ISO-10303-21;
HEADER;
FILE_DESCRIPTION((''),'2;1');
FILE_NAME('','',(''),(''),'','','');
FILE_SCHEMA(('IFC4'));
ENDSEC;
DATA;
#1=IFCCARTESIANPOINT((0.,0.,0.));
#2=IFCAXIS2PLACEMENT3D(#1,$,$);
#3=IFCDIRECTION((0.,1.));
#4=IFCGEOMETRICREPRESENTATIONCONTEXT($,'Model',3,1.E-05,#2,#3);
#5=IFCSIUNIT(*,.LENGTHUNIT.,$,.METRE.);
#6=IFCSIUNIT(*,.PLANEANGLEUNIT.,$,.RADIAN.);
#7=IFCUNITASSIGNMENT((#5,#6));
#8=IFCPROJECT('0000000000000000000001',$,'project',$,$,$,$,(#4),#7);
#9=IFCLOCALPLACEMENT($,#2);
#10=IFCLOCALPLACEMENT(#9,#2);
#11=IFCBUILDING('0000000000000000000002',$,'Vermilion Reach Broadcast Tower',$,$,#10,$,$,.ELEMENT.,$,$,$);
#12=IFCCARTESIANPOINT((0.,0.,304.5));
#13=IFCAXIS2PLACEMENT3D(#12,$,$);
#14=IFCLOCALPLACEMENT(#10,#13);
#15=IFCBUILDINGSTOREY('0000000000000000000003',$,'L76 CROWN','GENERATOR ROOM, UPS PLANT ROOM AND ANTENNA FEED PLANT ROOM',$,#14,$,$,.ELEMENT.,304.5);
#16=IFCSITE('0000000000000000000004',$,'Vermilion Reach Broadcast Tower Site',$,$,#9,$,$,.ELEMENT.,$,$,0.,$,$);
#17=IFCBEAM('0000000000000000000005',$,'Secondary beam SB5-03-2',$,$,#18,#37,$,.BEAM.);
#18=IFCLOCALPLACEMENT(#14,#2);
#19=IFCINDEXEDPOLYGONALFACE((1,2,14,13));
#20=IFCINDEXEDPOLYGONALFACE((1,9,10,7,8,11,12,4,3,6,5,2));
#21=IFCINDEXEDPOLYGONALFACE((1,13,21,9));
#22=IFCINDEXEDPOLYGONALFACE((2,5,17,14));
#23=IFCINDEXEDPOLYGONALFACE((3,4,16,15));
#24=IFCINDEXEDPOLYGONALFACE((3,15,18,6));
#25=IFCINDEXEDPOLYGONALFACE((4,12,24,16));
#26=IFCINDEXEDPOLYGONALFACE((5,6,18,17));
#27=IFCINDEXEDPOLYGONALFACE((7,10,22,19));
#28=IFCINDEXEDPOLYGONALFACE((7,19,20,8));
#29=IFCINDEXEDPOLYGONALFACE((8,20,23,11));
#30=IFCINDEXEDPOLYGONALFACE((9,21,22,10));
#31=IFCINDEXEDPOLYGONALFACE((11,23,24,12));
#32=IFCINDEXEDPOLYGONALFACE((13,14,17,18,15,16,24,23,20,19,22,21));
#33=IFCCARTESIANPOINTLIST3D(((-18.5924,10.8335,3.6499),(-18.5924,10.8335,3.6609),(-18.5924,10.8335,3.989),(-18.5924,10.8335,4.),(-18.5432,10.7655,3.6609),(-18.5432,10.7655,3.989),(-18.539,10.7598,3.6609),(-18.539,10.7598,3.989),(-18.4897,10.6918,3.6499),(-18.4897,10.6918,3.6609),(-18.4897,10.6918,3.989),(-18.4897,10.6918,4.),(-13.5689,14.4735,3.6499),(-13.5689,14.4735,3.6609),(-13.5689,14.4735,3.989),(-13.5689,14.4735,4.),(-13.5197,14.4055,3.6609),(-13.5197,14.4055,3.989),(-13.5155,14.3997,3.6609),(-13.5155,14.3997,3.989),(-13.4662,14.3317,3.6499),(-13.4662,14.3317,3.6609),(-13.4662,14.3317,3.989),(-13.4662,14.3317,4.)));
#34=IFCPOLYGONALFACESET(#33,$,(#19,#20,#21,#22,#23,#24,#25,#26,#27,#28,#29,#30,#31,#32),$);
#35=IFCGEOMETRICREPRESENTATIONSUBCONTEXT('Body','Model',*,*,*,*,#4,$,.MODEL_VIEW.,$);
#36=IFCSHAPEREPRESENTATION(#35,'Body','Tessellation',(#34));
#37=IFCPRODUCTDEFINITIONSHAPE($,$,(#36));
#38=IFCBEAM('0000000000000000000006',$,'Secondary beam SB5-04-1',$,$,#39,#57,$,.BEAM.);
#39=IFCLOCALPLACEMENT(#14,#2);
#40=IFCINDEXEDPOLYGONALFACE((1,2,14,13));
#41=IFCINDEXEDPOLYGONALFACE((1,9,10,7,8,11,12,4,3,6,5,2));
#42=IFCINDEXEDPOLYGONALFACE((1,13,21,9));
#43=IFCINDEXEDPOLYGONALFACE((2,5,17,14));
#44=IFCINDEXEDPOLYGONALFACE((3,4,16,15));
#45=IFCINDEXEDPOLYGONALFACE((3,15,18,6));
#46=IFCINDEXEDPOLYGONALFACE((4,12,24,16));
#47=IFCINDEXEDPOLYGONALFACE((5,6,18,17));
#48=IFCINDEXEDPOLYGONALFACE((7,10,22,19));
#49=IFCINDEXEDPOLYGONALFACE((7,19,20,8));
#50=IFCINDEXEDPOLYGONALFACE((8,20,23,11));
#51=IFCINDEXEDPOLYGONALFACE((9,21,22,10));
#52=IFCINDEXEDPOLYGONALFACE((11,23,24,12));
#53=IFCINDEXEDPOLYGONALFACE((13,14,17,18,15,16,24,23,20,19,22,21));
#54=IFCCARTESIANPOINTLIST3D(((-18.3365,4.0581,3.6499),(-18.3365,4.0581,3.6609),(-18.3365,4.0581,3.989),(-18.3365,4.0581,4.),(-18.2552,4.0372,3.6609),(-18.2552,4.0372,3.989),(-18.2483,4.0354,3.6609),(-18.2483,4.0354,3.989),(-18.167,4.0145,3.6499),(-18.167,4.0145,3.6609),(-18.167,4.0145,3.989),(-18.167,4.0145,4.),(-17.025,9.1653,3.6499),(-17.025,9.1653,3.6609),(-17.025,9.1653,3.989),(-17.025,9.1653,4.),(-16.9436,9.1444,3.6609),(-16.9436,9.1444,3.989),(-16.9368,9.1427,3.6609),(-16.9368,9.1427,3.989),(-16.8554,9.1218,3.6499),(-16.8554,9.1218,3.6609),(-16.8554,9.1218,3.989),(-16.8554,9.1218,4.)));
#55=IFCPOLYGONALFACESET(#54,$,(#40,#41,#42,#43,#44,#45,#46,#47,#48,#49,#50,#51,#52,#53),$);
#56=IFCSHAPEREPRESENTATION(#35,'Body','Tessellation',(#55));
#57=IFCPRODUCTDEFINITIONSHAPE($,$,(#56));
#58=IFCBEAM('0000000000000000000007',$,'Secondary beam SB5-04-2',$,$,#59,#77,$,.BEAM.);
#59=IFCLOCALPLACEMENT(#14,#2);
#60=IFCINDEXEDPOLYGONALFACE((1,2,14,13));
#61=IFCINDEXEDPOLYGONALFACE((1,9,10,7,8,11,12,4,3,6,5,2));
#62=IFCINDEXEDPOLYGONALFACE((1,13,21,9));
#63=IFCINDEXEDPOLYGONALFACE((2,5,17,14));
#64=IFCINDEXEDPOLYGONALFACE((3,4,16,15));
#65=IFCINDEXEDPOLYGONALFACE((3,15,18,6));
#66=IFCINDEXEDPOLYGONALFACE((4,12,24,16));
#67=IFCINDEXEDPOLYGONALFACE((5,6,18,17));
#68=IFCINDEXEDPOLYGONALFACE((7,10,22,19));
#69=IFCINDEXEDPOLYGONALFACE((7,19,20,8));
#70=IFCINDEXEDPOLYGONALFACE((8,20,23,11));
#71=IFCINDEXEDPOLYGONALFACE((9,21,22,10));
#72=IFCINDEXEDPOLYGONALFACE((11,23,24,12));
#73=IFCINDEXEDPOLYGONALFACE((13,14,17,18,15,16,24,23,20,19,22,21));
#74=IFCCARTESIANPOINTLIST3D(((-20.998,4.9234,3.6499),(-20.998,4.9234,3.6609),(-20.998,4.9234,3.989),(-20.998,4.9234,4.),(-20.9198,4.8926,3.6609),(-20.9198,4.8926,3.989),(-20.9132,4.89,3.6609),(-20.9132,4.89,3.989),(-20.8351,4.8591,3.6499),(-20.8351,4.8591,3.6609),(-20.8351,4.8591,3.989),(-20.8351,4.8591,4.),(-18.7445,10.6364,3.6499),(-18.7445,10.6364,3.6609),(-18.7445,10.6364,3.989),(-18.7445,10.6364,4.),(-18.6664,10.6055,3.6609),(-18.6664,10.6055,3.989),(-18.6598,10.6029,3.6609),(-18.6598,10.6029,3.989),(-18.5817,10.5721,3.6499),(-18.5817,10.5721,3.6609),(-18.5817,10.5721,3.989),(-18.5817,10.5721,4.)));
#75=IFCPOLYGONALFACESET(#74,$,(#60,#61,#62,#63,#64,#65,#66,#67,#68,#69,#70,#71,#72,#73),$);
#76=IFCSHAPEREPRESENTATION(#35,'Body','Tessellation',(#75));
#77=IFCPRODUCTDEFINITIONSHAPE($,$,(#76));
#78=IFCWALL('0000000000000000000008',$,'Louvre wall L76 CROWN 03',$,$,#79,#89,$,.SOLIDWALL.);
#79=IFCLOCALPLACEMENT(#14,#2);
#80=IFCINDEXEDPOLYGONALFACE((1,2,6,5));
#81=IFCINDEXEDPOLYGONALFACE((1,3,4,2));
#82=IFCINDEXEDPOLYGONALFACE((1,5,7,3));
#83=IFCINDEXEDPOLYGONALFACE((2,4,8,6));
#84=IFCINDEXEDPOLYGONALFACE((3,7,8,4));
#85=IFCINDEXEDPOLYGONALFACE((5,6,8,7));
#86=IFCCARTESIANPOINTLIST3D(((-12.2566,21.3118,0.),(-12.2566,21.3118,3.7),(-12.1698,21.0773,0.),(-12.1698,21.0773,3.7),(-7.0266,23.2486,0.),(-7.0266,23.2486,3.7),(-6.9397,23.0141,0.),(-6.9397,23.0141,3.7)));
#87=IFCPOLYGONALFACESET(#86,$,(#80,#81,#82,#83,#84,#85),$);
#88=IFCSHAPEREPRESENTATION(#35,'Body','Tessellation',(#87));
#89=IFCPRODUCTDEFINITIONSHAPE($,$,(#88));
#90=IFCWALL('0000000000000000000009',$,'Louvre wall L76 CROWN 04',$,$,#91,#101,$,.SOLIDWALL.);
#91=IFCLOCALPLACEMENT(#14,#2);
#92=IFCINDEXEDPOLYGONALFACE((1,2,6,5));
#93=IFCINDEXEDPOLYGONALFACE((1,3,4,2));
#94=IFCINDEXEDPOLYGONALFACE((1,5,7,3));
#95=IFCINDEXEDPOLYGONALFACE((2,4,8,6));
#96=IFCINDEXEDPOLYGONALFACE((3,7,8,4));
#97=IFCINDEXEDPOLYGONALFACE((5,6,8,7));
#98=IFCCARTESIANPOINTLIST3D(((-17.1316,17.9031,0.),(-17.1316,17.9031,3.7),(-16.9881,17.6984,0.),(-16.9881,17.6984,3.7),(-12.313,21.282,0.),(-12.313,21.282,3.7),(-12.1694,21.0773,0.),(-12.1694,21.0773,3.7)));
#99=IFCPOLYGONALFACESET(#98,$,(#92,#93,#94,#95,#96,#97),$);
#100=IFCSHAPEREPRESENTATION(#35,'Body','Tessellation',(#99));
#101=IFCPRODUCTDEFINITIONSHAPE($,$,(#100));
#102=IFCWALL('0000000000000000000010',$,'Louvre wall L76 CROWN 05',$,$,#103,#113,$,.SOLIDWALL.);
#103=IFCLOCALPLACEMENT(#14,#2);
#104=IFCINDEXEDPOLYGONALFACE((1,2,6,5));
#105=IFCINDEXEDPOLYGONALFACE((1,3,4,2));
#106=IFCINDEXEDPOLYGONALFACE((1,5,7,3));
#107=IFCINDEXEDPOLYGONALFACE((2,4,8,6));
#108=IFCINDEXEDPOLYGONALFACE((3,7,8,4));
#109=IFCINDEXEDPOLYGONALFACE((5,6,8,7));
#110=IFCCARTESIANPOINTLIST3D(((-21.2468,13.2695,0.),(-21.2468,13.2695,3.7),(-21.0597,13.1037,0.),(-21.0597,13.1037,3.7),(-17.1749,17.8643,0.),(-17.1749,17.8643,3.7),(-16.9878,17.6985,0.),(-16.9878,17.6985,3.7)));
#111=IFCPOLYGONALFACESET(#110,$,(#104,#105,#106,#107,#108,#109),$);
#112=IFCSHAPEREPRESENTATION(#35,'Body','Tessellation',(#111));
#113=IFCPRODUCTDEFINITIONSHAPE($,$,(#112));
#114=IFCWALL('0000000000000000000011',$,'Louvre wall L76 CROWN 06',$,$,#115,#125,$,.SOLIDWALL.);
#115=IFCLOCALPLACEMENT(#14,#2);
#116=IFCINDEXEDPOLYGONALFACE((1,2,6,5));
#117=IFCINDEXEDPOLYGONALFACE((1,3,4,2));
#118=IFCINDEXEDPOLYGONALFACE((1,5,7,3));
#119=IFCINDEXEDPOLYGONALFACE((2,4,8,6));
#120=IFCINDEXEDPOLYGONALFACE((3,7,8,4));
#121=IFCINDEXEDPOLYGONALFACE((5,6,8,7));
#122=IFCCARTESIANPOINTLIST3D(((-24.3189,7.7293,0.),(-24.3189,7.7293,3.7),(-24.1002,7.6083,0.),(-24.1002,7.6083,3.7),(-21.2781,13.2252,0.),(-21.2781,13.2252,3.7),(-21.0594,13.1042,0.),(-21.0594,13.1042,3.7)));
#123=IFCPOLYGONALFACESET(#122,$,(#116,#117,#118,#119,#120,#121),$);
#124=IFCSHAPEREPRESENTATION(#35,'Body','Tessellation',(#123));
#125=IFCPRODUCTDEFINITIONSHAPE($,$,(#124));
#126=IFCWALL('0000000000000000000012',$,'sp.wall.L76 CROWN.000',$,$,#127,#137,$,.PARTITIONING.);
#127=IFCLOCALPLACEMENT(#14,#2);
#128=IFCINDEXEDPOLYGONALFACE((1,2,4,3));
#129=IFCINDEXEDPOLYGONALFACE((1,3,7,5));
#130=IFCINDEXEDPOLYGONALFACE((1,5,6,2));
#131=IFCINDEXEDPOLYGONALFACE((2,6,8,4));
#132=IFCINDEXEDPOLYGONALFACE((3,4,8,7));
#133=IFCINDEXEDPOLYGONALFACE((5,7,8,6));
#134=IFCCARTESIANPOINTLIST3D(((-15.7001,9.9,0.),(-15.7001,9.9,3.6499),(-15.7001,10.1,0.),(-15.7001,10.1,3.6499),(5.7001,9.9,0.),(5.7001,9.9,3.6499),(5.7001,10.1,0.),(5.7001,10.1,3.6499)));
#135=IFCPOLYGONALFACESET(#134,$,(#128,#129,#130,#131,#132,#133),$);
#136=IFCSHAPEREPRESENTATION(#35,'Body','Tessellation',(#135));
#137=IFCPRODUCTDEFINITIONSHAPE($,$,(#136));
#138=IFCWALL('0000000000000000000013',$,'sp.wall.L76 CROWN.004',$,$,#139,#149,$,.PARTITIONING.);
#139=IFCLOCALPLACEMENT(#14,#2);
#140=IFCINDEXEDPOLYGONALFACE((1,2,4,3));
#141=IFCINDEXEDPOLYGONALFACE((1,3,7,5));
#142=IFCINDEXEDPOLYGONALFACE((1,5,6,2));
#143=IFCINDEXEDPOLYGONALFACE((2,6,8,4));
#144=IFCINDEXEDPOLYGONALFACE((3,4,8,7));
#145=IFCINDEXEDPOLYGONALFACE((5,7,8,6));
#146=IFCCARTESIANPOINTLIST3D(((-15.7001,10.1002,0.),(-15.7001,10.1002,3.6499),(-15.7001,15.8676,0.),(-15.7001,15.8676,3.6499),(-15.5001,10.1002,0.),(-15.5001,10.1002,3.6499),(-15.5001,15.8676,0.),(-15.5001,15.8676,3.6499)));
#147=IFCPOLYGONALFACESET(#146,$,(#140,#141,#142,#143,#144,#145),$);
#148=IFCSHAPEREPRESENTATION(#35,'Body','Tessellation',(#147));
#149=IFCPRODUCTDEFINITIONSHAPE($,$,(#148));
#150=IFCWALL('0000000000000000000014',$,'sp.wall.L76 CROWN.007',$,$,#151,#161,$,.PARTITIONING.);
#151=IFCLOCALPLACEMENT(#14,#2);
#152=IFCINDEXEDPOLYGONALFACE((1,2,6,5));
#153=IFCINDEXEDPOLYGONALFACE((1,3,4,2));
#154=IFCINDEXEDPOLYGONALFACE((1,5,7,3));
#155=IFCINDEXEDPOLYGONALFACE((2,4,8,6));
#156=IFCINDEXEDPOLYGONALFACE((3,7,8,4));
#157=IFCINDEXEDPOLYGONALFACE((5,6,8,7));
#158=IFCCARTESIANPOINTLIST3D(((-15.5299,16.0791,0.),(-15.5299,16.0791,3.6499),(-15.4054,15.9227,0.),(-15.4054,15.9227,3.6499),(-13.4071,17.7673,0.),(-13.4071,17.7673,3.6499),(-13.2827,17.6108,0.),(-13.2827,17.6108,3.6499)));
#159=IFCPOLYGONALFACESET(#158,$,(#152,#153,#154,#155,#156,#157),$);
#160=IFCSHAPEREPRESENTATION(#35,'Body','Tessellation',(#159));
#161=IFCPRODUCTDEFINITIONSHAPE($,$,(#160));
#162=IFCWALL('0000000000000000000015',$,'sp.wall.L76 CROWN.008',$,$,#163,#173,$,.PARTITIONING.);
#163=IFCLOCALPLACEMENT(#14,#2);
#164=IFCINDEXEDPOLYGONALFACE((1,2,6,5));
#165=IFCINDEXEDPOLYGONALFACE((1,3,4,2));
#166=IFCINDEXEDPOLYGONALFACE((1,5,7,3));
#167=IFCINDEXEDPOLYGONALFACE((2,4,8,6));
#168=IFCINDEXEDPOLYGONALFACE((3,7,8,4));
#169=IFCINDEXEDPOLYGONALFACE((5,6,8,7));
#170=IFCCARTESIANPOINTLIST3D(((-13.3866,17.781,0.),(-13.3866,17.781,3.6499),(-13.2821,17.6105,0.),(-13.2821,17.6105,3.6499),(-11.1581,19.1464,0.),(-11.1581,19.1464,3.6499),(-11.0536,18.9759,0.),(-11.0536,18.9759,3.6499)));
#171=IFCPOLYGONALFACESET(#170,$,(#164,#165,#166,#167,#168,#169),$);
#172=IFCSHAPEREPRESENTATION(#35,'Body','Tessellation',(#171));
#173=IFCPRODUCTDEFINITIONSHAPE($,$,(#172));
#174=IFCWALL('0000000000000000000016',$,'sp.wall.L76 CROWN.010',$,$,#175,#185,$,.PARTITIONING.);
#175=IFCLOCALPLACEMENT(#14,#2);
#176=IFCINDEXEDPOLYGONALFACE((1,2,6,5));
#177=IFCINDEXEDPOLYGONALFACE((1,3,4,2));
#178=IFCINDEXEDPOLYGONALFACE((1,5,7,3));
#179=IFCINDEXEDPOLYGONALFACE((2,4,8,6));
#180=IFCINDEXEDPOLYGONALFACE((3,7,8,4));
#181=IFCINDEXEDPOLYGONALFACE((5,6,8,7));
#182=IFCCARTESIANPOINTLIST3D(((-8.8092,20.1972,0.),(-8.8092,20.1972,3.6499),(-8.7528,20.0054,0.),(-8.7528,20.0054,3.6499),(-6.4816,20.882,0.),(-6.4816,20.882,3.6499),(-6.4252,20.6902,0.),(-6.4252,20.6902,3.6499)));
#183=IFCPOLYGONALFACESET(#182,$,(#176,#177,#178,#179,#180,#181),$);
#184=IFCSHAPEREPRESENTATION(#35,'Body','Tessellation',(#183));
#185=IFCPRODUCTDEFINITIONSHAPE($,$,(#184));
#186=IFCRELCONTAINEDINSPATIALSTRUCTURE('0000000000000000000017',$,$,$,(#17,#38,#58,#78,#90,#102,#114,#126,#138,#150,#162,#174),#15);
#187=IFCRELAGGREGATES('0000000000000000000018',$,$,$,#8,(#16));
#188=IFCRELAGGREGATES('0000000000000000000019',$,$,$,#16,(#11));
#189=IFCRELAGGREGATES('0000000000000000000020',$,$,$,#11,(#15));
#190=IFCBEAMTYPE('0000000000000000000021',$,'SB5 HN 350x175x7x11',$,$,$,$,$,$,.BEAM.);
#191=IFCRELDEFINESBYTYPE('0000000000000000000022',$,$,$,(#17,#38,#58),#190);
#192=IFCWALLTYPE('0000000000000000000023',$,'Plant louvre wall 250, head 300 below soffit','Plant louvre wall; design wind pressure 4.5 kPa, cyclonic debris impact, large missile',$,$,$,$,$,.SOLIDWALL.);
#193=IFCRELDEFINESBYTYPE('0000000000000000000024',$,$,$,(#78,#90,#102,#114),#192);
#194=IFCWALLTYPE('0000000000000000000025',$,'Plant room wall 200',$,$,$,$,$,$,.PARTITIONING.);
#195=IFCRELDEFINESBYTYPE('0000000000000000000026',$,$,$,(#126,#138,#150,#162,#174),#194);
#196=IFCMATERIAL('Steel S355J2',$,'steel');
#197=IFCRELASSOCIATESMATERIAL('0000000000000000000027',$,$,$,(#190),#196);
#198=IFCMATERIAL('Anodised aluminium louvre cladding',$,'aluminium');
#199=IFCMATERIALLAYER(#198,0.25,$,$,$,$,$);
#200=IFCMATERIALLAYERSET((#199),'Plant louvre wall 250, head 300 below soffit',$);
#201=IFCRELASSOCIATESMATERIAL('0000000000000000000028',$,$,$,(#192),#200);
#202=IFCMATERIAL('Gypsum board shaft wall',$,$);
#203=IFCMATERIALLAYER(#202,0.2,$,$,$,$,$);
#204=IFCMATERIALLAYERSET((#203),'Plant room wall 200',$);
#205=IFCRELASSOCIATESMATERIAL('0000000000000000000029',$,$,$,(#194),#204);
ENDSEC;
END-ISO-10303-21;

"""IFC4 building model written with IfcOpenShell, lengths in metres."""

from ifc_helpers import new_model, si_unit, direction, frame, frame_2d, origin, origin_2d, place, context, subcontext, project, spatial, rectangle, i_section, extrude, material, layer, layer_set, material_profile, profile_set, type_object, element, save


model = new_model("IFC4")

# Units and contexts
model_context = context("Model", 3, precision=1e-05, world=origin(), true_north=direction((0.0, 1.0)))
body_context = subcontext(model_context, "Body", "Model", "MODEL_VIEW")
ifc_project = project(units=[si_unit("LENGTHUNIT", "METRE"), si_unit("PLANEANGLEUNIT", "RADIAN")], contexts=[model_context])

# Site, building, storey
site_placement = place(None, origin())
site = spatial("IfcSite", under=ifc_project, at=site_placement, Name="Vermilion Reach Broadcast Tower Site", CompositionType="ELEMENT", RefElevation=0.0)
building_placement = place(site_placement, origin())
building = spatial("IfcBuilding", under=site, at=building_placement, Name="Vermilion Reach Broadcast Tower", CompositionType="ELEMENT")
storey_placement = place(building_placement, frame((0.0, 0.0, 304.5)))
storey = spatial("IfcBuildingStorey", under=building, at=storey_placement, Name="L76 CROWN", Description="GENERATOR ROOM, UPS PLANT ROOM AND ANTENNA FEED PLANT ROOM", CompositionType="ELEMENT", Elevation=304.5)

# Beams
ifc_material_1 = material(Name="Steel S355J2", Category="steel")
ifc_material_profile_1 = material_profile(ifc_material_1, i_section(OverallWidth=0.175, OverallDepth=0.3501, WebThickness=0.0071, FlangeThickness=0.011, at=origin_2d()), Name="S355J2 HN 350x175x7x11")
ifc_profile_set_1 = profile_set([ifc_material_profile_1], Name="Steel S355J2")
beam_type_1 = type_object("IfcBeamType", Name="SB5 HN 350x175x7x11", PredefinedType="BEAM", material=ifc_profile_set_1)
beam_1_placement = place(storey_placement, frame((-13.5176, 14.4026, 3.825), z_axis=(-0.809771, -0.586746, 0.0), x_axis=(0.586746, -0.809771, 0.0)))
element("IfcBeam", 1, at=beam_1_placement, inside=storey, type_object=beam_type_1, Name="Secondary beam SB5-03-2", PredefinedType="BEAM", context=body_context, shape_type="SweptSolid", body=[
    extrude(i_section(OverallWidth=0.175, OverallDepth=0.3501, WebThickness=0.0071, FlangeThickness=0.011, at=origin_2d()), origin(), (0.0, 0.0, 1.0), 6.2036),
])
beam_2_placement = place(storey_placement, frame((-16.9402, 9.1436, 3.825), z_axis=(-0.24873, -0.968573, 0.0), x_axis=(0.968573, -0.24873, 0.0)))
element("IfcBeam", 2, at=beam_2_placement, inside=storey, type_object=beam_type_1, Name="Secondary beam SB5-04-1", PredefinedType="BEAM", context=body_context, shape_type="SweptSolid", body=[
    extrude(i_section(OverallWidth=0.175, OverallDepth=0.3501, WebThickness=0.0071, FlangeThickness=0.011, at=origin_2d()), origin(), (0.0, 0.0, 1.0), 5.2729),
])
beam_3_placement = place(storey_placement, frame((-18.6631, 10.6042, 3.825), z_axis=(-0.366931, -0.930248, 0.0), x_axis=(0.930248, -0.366931, 0.0)))
element("IfcBeam", 3, at=beam_3_placement, inside=storey, type_object=beam_type_1, Name="Secondary beam SB5-04-2", PredefinedType="BEAM", context=body_context, shape_type="SweptSolid", body=[
    extrude(i_section(OverallWidth=0.175, OverallDepth=0.3501, WebThickness=0.0071, FlangeThickness=0.011, at=origin_2d()), origin(), (0.0, 0.0, 1.0), 6.1414),
])

# Walls
ifc_material_2 = material(Name="Anodised aluminium louvre cladding", Category="aluminium")
ifc_layer_1 = layer(ifc_material_2, 0.25)
ifc_layer_set_1 = layer_set([ifc_layer_1], Name="Plant louvre wall 250, head 300 below soffit")
wall_type_1 = type_object("IfcWallType", Name="Plant louvre wall 250, head 300 below soffit", Description="Plant louvre wall; design wind pressure 4.5 kPa, cyclonic debris impact, large missile", PredefinedType="SOLIDWALL", material=ifc_layer_set_1)
wall_1_placement = place(storey_placement, frame((-6.9832, 23.1313, 0.0), z_axis=(0.0, 0.0, 1.0), x_axis=(-0.937764, -0.347273, 0.0)))
element("IfcWall", 4, at=wall_1_placement, inside=storey, type_object=wall_type_1, Name="Louvre wall L76 CROWN 03", PredefinedType="SOLIDWALL", context=body_context, shape_type="SweptSolid", body=[
    extrude(rectangle(XDim=5.5771, YDim=0.25, at=frame_2d((2.7886, 0.0))), origin(), (0.0, 0.0, 1.0), 3.7),
])
wall_2_placement = place(storey_placement, frame((-12.2412, 21.1797, 0.0), z_axis=(0.0, 0.0, 1.0), x_axis=(-0.818762, -0.574133, 0.0)))
element("IfcWall", 5, at=wall_2_placement, inside=storey, type_object=wall_type_1, Name="Louvre wall L76 CROWN 04", PredefinedType="SOLIDWALL", context=body_context, shape_type="SweptSolid", body=[
    extrude(rectangle(XDim=5.8853, YDim=0.25, at=frame_2d((2.9426, 0.0))), origin(), (0.0, 0.0, 1.0), 3.7),
])
wall_3_placement = place(storey_placement, frame((-17.0813, 17.7815, 0.0), z_axis=(0.0, 0.0, 1.0), x_axis=(-0.663233, -0.748413, 0.0)))
element("IfcWall", 6, at=wall_3_placement, inside=storey, type_object=wall_type_1, Name="Louvre wall L76 CROWN 05", PredefinedType="SOLIDWALL", context=body_context, shape_type="SweptSolid", body=[
    extrude(rectangle(XDim=6.1394, YDim=0.25, at=frame_2d((3.0698, 0.0))), origin(), (0.0, 0.0, 1.0), 3.7),
])
wall_4_placement = place(storey_placement, frame((-21.1687, 13.1648, 0.0), z_axis=(0.0, 0.0, 1.0), x_axis=(-0.484124, -0.874999, 0.0)))
element("IfcWall", 7, at=wall_4_placement, inside=storey, type_object=wall_type_1, Name="Louvre wall L76 CROWN 06", PredefinedType="SOLIDWALL", context=body_context, shape_type="SweptSolid", body=[
    extrude(rectangle(XDim=6.281, YDim=0.25, at=frame_2d((3.1406, 0.0))), origin(), (0.0, 0.0, 1.0), 3.7),
])
ifc_material_3 = material(Name="Gypsum board shaft wall")
ifc_layer_2 = layer(ifc_material_3, 0.2)
ifc_layer_set_2 = layer_set([ifc_layer_2], Name="Plant room wall 200")
wall_type_2 = type_object("IfcWallType", Name="Plant room wall 200", PredefinedType="PARTITIONING", material=ifc_layer_set_2)
wall_5_placement = place(storey_placement, frame((-15.7002, 10.0, 0.0), z_axis=(0.0, 0.0, 1.0), x_axis=(1.0, 0.0, 0.0)))
element("IfcWall", 8, at=wall_5_placement, inside=storey, type_object=wall_type_2, Name="sp.wall.L76 CROWN.000", PredefinedType="PARTITIONING", context=body_context, shape_type="SweptSolid", body=[
    extrude(rectangle(XDim=21.4001, YDim=0.2, at=frame_2d((10.7002, 0.0))), origin(), (0.0, 0.0, 1.0), 3.6499),
])
wall_6_placement = place(storey_placement, frame((-15.6001, 10.1001, 0.0), z_axis=(0.0, 0.0, 1.0), x_axis=(0.0, 1.0, 0.0)))
element("IfcWall", 9, at=wall_6_placement, inside=storey, type_object=wall_type_2, Name="sp.wall.L76 CROWN.004", PredefinedType="PARTITIONING", context=body_context, shape_type="SweptSolid", body=[
    extrude(rectangle(XDim=5.7673, YDim=0.2, at=frame_2d((2.8838, 0.0))), origin(), (0.0, 0.0, 1.0), 3.6499),
])
wall_7_placement = place(storey_placement, frame((-15.4675, 16.001, 0.0), z_axis=(0.0, 0.0, 1.0), x_axis=(0.782666, 0.622442, 0.0)))
element("IfcWall", 10, at=wall_7_placement, inside=storey, type_object=wall_type_2, Name="sp.wall.L76 CROWN.007", PredefinedType="PARTITIONING", context=body_context, shape_type="SweptSolid", body=[
    extrude(rectangle(XDim=2.7122, YDim=0.2, at=frame_2d((1.356, 0.0))), origin(), (0.0, 0.0, 1.0), 3.6499),
])
wall_8_placement = place(storey_placement, frame((-13.3342, 17.6958, 0.0), z_axis=(0.0, 0.0, 1.0), x_axis=(0.852667, 0.522455, 0.0)))
element("IfcWall", 11, at=wall_8_placement, inside=storey, type_object=wall_type_2, Name="sp.wall.L76 CROWN.008", PredefinedType="PARTITIONING", context=body_context, shape_type="SweptSolid", body=[
    extrude(rectangle(XDim=2.6135, YDim=0.2, at=frame_2d((1.3066, 0.0))), origin(), (0.0, 0.0, 1.0), 3.6499),
])

# Wall
wall_9_placement = place(storey_placement, frame((-8.781, 20.1013, 0.0), z_axis=(0.0, 0.0, 1.0), x_axis=(0.959341, 0.282248, 0.0)))
element("IfcWall", 12, at=wall_9_placement, inside=storey, type_object=wall_type_2, Name="sp.wall.L76 CROWN.010", PredefinedType="PARTITIONING", context=body_context, shape_type="SweptSolid", body=[
    extrude(rectangle(XDim=2.4263, YDim=0.2, at=frame_2d((1.2131, 0.0))), origin(), (0.0, 0.0, 1.0), 3.6499),
])

save(model, "model.ifc")
